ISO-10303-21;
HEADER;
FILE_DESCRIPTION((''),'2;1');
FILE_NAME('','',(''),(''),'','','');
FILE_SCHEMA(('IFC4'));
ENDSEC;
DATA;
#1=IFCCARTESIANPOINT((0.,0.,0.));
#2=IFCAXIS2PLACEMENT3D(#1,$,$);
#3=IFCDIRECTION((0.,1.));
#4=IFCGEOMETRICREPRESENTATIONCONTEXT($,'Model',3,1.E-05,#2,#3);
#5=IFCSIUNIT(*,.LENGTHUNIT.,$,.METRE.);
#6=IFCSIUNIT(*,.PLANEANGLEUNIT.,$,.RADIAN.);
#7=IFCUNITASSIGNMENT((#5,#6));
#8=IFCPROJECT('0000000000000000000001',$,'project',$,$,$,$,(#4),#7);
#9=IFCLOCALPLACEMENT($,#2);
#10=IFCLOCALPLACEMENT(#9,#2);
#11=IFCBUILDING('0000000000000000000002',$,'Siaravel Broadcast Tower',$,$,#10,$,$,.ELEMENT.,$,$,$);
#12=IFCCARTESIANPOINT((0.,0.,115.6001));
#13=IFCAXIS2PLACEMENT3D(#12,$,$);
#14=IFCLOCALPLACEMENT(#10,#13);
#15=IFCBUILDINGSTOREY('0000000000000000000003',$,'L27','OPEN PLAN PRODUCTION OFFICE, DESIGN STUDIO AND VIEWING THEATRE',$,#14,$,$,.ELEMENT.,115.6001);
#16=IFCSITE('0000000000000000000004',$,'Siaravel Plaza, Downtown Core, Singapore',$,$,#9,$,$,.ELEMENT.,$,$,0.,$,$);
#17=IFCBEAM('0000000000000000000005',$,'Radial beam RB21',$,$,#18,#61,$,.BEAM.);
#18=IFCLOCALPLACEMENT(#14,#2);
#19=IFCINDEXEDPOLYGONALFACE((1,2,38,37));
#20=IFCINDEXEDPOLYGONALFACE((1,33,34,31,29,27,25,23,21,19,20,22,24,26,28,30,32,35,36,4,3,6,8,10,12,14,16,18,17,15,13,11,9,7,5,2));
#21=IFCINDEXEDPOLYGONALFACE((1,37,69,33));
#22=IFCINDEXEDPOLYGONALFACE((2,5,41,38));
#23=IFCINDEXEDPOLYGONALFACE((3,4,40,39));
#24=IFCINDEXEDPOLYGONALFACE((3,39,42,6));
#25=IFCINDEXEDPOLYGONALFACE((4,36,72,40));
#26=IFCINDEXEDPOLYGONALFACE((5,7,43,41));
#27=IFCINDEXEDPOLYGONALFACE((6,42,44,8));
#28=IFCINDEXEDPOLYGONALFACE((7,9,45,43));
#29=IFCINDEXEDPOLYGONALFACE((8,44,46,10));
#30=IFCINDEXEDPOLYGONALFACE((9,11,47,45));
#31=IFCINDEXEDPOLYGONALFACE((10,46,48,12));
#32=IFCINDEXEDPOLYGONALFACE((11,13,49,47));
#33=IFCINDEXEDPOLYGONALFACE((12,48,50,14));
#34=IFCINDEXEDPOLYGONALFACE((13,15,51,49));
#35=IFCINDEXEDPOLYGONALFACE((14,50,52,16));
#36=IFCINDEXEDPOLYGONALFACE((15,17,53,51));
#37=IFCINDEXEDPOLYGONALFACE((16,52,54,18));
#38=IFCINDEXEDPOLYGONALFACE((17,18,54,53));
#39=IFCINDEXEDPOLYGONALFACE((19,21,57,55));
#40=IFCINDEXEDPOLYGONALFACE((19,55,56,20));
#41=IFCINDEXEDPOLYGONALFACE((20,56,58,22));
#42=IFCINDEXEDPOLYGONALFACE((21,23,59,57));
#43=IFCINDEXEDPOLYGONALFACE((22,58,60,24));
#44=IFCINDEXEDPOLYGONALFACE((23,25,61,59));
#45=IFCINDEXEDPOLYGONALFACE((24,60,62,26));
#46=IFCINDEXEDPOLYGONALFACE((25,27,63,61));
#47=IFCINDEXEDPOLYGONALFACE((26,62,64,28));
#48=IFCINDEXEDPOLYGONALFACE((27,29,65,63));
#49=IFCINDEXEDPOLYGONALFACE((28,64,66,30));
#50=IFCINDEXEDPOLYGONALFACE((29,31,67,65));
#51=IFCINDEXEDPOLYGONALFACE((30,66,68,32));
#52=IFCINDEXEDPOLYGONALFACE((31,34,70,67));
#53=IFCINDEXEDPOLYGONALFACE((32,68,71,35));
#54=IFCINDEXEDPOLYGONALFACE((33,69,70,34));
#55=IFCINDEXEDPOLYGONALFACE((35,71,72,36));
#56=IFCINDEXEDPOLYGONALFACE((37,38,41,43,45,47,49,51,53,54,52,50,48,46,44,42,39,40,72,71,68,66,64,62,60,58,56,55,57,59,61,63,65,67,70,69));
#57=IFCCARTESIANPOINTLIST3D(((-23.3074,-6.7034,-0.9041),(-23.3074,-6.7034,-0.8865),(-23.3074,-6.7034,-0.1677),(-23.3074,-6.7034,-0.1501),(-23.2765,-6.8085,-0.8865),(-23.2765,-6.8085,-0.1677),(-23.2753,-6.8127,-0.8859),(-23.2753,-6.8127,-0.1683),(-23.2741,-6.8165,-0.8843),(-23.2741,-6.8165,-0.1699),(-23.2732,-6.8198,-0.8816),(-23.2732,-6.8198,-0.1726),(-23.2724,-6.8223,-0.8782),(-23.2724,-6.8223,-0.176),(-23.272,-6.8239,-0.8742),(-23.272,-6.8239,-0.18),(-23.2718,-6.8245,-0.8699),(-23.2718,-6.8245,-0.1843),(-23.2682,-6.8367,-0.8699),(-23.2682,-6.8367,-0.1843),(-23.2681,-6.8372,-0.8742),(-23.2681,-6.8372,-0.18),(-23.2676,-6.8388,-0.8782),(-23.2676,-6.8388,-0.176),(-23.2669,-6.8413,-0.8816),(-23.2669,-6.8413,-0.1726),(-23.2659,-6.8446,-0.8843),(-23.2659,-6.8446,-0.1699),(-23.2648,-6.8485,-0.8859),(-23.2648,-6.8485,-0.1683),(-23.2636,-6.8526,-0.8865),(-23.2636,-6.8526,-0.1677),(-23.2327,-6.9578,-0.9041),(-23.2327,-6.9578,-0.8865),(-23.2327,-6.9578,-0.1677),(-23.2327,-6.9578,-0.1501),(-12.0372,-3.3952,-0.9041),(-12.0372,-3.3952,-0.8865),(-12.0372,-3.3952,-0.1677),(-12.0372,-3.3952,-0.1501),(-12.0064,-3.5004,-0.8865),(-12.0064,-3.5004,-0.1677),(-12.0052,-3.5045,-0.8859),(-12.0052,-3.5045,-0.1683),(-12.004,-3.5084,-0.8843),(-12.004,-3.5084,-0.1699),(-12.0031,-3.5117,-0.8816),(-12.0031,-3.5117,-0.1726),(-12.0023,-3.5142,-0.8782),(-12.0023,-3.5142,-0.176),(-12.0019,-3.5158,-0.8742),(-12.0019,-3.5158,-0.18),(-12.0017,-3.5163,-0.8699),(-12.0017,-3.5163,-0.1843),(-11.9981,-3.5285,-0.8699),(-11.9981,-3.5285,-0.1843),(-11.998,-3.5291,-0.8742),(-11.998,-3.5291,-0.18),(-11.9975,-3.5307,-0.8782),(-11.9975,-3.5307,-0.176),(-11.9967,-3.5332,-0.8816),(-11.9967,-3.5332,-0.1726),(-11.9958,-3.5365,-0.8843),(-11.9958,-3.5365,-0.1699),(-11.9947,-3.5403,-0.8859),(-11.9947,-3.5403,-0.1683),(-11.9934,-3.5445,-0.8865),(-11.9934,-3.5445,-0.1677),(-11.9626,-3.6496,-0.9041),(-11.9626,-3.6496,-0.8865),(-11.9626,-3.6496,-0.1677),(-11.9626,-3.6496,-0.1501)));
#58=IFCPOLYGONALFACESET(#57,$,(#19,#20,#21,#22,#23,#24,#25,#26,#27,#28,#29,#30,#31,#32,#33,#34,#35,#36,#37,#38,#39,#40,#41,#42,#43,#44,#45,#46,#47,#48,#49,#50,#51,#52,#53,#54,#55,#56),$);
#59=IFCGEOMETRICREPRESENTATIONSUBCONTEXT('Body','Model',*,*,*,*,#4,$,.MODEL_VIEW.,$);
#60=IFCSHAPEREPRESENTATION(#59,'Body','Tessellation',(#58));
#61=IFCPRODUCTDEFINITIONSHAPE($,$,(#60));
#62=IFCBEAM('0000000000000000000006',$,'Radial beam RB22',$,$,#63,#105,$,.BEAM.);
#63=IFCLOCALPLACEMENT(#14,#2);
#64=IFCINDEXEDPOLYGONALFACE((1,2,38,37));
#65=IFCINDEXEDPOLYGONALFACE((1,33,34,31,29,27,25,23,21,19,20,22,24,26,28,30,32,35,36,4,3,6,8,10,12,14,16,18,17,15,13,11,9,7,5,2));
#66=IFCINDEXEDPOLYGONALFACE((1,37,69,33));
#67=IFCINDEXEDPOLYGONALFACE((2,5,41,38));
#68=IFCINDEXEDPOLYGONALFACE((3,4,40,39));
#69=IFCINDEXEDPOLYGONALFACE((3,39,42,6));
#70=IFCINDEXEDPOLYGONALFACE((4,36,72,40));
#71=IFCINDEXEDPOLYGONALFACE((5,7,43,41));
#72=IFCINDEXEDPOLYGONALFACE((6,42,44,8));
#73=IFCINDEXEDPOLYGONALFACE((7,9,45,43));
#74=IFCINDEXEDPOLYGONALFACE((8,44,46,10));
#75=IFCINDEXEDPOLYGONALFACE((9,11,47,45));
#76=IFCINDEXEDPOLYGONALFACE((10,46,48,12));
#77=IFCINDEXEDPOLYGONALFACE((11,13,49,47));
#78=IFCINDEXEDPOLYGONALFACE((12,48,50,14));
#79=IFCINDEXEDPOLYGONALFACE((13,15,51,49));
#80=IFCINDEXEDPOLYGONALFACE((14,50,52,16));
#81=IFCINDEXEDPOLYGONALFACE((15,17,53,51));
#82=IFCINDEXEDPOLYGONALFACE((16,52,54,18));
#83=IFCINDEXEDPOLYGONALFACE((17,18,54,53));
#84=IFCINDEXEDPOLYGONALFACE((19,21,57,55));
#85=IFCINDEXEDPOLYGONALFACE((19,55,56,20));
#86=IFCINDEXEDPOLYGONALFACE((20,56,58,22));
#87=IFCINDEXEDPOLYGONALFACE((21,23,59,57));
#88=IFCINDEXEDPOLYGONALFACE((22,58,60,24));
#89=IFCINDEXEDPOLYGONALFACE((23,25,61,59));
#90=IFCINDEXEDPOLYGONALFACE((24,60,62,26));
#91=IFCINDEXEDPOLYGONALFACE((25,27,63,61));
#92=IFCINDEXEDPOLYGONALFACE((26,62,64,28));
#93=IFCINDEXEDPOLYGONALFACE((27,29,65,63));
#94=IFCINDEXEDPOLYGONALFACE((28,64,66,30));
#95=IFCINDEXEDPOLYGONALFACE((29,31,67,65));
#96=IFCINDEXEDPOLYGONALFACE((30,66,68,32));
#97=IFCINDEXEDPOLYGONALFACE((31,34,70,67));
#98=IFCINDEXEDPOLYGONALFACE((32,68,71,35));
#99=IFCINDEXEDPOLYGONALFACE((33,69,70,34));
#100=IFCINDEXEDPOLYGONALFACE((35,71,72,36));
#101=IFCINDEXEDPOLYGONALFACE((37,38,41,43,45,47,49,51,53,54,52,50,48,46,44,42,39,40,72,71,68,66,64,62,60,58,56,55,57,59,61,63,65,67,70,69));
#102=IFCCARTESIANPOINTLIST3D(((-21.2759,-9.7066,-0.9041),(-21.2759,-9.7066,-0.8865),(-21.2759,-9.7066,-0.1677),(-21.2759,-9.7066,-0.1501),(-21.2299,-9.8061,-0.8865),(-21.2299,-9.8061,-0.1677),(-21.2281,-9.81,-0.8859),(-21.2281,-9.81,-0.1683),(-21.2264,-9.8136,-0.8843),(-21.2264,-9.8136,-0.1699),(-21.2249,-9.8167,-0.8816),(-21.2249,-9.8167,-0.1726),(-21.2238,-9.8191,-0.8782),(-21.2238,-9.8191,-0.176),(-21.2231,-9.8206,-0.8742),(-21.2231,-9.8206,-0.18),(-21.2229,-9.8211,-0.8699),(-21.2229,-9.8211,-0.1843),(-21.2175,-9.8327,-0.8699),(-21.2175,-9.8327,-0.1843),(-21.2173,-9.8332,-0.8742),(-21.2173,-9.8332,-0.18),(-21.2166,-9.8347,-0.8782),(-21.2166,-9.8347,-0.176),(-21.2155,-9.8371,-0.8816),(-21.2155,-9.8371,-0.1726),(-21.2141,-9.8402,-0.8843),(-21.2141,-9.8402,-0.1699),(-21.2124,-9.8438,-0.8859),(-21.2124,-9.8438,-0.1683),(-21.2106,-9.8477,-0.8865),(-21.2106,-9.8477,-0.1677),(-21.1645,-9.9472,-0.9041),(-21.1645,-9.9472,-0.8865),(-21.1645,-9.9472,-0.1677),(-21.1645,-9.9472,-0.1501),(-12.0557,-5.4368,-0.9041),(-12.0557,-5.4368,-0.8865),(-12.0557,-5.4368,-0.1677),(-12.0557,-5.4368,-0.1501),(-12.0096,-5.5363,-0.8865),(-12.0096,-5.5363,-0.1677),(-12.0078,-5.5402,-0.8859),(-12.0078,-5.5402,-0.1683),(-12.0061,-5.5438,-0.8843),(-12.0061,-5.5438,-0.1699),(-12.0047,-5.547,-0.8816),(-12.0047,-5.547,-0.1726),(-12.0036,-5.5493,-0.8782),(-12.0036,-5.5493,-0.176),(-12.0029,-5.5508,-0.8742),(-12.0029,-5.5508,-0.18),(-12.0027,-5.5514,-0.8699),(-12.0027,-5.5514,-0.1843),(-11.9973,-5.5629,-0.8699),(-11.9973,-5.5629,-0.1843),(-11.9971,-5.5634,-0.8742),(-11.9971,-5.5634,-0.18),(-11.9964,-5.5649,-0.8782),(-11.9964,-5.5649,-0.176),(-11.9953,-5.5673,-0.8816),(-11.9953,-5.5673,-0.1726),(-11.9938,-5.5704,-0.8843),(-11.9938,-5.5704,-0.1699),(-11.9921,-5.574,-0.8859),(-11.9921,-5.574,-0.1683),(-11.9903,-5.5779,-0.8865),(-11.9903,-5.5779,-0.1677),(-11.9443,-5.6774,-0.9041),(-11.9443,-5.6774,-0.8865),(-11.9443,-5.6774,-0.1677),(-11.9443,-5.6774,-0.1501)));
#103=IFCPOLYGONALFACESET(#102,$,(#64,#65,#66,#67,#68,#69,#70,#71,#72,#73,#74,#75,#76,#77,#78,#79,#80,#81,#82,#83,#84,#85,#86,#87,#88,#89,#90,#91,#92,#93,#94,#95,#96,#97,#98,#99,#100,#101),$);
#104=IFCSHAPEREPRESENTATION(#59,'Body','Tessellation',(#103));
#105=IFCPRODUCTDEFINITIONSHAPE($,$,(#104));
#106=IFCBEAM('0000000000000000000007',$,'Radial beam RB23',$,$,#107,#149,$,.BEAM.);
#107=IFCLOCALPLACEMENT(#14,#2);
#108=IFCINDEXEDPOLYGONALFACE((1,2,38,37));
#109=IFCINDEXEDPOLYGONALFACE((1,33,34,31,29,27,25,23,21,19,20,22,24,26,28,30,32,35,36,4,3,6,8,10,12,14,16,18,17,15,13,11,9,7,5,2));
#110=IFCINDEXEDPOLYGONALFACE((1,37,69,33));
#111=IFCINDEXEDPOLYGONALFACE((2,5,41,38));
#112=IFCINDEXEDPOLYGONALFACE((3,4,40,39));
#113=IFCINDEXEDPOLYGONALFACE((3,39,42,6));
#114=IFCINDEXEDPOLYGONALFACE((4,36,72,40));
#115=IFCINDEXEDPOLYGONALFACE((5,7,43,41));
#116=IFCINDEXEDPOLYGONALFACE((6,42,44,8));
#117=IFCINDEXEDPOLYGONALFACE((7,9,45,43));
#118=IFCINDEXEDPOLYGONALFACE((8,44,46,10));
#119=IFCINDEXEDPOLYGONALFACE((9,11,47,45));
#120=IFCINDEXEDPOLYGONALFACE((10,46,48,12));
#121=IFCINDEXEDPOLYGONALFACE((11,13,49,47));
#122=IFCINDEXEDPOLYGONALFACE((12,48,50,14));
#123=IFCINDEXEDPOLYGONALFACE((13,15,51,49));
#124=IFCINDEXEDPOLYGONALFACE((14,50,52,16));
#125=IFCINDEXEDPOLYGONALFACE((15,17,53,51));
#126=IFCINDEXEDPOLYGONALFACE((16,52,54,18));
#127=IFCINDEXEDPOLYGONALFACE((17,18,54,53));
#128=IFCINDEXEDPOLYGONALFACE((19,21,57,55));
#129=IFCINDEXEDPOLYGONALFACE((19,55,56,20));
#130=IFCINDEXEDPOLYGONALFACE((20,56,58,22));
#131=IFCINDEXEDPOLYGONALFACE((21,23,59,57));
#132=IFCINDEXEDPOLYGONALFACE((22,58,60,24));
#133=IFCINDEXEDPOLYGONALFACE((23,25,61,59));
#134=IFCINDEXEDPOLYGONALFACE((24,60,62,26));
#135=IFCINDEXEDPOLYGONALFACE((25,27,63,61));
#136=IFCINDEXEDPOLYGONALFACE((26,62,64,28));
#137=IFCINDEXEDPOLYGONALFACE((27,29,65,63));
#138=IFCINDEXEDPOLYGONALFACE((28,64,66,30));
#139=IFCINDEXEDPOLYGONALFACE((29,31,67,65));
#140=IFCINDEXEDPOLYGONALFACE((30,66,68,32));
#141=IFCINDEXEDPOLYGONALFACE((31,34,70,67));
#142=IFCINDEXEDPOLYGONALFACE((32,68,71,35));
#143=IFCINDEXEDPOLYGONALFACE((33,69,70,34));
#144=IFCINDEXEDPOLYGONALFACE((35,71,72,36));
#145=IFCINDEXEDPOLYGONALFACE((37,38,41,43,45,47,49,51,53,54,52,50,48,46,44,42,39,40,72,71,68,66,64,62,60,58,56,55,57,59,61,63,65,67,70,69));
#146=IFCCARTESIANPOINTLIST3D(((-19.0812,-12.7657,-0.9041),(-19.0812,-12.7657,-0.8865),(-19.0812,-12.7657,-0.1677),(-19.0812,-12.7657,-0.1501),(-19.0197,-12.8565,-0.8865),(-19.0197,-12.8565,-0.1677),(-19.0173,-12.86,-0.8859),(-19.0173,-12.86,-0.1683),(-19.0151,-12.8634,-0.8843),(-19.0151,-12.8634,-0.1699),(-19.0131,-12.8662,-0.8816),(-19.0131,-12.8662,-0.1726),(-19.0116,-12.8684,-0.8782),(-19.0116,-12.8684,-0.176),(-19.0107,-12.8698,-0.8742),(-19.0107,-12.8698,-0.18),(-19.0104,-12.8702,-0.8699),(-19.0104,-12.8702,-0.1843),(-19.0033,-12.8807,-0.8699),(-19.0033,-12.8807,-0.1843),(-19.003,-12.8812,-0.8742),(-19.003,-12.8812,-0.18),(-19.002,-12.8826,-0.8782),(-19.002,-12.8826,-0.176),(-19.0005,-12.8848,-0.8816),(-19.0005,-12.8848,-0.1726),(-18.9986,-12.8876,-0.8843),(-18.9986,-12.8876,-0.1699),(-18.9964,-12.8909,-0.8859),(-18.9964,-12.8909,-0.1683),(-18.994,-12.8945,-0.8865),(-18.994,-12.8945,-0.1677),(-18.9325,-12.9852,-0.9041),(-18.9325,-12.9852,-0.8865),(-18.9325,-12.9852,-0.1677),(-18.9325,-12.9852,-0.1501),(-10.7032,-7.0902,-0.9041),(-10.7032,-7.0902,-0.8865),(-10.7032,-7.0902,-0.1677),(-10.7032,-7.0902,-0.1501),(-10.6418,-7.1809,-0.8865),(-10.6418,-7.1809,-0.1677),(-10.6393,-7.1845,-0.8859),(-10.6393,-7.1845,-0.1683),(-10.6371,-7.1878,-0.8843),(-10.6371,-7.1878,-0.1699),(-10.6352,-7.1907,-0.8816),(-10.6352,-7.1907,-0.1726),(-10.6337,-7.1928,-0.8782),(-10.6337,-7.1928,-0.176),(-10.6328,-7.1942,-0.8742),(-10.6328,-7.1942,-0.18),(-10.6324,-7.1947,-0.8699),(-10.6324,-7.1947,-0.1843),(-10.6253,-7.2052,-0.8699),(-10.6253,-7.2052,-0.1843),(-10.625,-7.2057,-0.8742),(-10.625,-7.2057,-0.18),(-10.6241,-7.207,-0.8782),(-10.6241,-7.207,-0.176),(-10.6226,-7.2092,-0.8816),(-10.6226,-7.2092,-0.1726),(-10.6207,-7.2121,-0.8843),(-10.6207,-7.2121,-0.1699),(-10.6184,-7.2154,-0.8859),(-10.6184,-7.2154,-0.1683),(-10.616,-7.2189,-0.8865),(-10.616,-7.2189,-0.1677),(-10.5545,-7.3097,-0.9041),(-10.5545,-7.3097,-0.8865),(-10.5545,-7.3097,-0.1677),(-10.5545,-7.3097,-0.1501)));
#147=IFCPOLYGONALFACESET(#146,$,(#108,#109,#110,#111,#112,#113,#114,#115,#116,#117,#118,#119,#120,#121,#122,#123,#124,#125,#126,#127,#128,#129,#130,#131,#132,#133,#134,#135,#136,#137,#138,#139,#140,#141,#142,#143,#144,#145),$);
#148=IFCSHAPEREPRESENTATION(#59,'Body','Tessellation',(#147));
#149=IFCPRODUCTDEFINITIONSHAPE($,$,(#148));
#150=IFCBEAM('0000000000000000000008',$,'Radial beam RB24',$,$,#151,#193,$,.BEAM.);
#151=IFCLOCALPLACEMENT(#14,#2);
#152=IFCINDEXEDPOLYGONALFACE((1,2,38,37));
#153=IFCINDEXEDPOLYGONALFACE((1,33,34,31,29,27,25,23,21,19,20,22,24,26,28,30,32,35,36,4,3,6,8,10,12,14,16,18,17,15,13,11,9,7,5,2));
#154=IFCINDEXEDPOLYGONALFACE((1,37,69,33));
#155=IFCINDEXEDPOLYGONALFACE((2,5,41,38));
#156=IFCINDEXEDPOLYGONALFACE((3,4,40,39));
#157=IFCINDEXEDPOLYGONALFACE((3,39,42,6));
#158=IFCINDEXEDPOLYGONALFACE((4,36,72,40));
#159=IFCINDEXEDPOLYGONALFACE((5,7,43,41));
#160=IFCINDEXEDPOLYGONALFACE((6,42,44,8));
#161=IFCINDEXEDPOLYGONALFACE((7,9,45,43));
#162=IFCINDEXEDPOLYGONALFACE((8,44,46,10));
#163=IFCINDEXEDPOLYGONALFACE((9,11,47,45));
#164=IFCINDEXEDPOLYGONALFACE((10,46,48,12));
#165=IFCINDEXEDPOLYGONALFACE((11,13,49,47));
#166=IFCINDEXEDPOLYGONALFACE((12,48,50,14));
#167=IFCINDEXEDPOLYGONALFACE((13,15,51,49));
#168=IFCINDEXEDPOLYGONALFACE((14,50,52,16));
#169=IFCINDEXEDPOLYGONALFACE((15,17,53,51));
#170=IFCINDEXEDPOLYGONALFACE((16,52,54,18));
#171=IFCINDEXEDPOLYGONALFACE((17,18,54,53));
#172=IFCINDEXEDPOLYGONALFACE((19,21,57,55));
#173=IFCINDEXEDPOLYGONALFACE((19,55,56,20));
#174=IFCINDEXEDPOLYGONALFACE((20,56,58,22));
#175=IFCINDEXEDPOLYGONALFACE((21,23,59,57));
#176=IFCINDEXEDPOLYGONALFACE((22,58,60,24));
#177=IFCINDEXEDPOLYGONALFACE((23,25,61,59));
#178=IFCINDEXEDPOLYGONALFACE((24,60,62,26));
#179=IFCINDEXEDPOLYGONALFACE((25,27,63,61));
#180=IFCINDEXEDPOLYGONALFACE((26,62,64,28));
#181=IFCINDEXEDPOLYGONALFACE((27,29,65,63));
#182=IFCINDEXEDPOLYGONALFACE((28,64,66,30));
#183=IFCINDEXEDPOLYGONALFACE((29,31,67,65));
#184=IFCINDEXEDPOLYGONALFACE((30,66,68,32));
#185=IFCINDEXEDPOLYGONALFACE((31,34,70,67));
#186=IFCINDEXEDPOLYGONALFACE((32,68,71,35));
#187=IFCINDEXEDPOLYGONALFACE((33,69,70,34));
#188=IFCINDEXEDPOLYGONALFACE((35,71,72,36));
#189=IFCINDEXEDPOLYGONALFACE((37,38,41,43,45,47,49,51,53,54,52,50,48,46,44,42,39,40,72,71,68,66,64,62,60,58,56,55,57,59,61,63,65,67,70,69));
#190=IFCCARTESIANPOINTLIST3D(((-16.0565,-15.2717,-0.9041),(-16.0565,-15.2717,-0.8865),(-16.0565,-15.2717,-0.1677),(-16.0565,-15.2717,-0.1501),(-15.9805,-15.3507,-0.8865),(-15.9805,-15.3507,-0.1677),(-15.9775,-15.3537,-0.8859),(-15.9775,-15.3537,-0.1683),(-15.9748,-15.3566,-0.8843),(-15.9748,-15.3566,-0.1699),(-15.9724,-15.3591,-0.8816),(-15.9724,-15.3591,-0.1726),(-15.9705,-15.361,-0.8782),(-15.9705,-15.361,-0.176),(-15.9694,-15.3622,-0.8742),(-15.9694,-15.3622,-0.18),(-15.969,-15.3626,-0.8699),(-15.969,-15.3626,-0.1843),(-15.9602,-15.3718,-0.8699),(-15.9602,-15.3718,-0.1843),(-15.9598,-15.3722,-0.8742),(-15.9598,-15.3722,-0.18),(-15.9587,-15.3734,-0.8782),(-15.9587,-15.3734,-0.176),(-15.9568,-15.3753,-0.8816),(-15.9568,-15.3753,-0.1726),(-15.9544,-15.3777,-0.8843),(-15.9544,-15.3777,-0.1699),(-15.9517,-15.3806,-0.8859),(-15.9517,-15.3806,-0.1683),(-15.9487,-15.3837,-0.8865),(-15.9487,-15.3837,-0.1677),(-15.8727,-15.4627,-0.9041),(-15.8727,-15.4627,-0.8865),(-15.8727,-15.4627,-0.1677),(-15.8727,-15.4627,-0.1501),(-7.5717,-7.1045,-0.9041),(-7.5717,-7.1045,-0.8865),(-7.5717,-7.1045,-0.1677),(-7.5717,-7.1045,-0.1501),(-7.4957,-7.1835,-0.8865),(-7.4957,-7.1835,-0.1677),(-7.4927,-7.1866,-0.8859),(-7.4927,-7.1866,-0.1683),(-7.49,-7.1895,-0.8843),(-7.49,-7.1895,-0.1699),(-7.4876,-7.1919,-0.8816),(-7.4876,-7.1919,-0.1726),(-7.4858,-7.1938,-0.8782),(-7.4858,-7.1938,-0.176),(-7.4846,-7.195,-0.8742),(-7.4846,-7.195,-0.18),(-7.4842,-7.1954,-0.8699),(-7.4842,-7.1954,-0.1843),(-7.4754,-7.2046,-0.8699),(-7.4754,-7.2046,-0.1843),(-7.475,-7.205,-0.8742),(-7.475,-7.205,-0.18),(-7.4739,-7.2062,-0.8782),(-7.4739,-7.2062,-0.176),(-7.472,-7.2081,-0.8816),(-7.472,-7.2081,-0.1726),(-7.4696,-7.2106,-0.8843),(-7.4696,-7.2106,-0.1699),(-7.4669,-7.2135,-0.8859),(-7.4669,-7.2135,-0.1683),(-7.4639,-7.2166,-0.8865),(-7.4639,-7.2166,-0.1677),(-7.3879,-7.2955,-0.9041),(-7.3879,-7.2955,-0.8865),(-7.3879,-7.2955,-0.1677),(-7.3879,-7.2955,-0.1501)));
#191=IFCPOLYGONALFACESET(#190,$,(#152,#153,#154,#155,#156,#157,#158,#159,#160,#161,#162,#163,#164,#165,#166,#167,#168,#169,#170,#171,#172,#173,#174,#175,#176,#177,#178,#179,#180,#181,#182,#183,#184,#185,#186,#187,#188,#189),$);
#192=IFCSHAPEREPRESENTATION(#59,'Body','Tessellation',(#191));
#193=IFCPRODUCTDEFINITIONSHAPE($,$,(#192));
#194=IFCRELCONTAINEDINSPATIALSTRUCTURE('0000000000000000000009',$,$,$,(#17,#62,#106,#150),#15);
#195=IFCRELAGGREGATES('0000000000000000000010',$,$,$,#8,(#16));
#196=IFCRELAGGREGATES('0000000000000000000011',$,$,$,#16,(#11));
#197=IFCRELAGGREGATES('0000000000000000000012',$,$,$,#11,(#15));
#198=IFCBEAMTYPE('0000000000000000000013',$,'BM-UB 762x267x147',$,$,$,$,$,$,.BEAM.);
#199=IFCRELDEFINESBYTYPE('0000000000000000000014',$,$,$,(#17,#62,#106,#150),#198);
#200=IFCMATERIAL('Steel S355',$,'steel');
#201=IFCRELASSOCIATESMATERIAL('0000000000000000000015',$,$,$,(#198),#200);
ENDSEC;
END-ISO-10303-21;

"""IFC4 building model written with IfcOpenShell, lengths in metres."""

from ifc_helpers import new_model, si_unit, direction, frame, origin, origin_2d, place, context, subcontext, project, spatial, i_section, extrude, material, material_profile, profile_set, type_object, element, save


model = new_model("IFC4")

# Units and contexts
model_context = context("Model", 3, precision=1e-05, world=origin(), true_north=direction((0.0, 1.0)))
body_context = subcontext(model_context, "Body", "Model", "MODEL_VIEW")
ifc_project = project(units=[si_unit("LENGTHUNIT", "METRE"), si_unit("PLANEANGLEUNIT", "RADIAN")], contexts=[model_context])

# Site, building, storey
site_placement = place(None, origin())
site = spatial("IfcSite", under=ifc_project, at=site_placement, Name="Siaravel Plaza, Downtown Core, Singapore", CompositionType="ELEMENT", RefElevation=0.0)
building_placement = place(site_placement, origin())
building = spatial("IfcBuilding", under=site, at=building_placement, Name="Siaravel Broadcast Tower", CompositionType="ELEMENT")
storey_placement = place(building_placement, frame((0.0, 0.0, 115.6001)))
storey = spatial("IfcBuildingStorey", under=building, at=storey_placement, Name="L27", Description="OPEN PLAN PRODUCTION OFFICE, DESIGN STUDIO AND VIEWING THEATRE", CompositionType="ELEMENT", Elevation=115.6001)

# Beams
ifc_material_1 = material(Name="Steel S355", Category="steel")
ifc_material_profile_1 = material_profile(ifc_material_1, i_section(OverallWidth=0.2651, OverallDepth=0.7539, WebThickness=0.0127, FlangeThickness=0.0176, FilletRadius=0.0166, at=origin_2d()))
ifc_profile_set_1 = profile_set([ifc_material_profile_1], Name="Steel S355")
beam_type = type_object("IfcBeamType", Name="BM-UB 762x267x147", PredefinedType="BEAM", material=ifc_profile_set_1)
beam_1_placement = place(storey_placement, frame((-23.27, -6.8306, -0.5271), z_axis=(0.959518, 0.281649, 0.0), x_axis=(-0.281649, 0.959518, 0.0)))
element("IfcBeam", 1, at=beam_1_placement, inside=storey, type_object=beam_type, Name="Radial beam RB21", PredefinedType="BEAM", context=body_context, shape_type="SweptSolid", body=[
    extrude(i_section(OverallWidth=0.2651, OverallDepth=0.7539, WebThickness=0.0127, FlangeThickness=0.0176, FilletRadius=0.0166, at=origin_2d()), origin(), (0.0, 0.0, 1.0), 11.7456),
])
beam_2_placement = place(storey_placement, frame((-21.2202, -9.8269, -0.5271), z_axis=(0.907423, 0.420217, 0.0), x_axis=(-0.420217, 0.907423, 0.0)))
element("IfcBeam", 2, at=beam_2_placement, inside=storey, type_object=beam_type, Name="Radial beam RB22", PredefinedType="BEAM", context=body_context, shape_type="SweptSolid", body=[
    extrude(i_section(OverallWidth=0.2651, OverallDepth=0.7539, WebThickness=0.0127, FlangeThickness=0.0176, FilletRadius=0.0166, at=origin_2d()), origin(), (0.0, 0.0, 1.0), 10.1609),
])
beam_3_placement = place(storey_placement, frame((-19.0068, -12.8755, -0.5271), z_axis=(0.827911, 0.560859, 0.0), x_axis=(-0.560859, 0.827911, 0.0)))
element("IfcBeam", 3, at=beam_3_placement, inside=storey, type_object=beam_type, Name="Radial beam RB23", PredefinedType="BEAM", context=body_context, shape_type="SweptSolid", body=[
    extrude(i_section(OverallWidth=0.2651, OverallDepth=0.7539, WebThickness=0.0127, FlangeThickness=0.0176, FilletRadius=0.0166, at=origin_2d()), origin(), (0.0, 0.0, 1.0), 10.1194),
])
beam_4_placement = place(storey_placement, frame((-15.9646, -15.3672, -0.5271), z_axis=(0.720463, 0.693493, 0.0), x_axis=(-0.693493, 0.720463, 0.0)))
element("IfcBeam", 4, at=beam_4_placement, inside=storey, type_object=beam_type, Name="Radial beam RB24", PredefinedType="BEAM", context=body_context, shape_type="SweptSolid", body=[
    extrude(i_section(OverallWidth=0.2651, OverallDepth=0.7539, WebThickness=0.0127, FlangeThickness=0.0176, FilletRadius=0.0166, at=origin_2d()), origin(), (0.0, 0.0, 1.0), 11.7769),
])

save(model, "model.ifc")
